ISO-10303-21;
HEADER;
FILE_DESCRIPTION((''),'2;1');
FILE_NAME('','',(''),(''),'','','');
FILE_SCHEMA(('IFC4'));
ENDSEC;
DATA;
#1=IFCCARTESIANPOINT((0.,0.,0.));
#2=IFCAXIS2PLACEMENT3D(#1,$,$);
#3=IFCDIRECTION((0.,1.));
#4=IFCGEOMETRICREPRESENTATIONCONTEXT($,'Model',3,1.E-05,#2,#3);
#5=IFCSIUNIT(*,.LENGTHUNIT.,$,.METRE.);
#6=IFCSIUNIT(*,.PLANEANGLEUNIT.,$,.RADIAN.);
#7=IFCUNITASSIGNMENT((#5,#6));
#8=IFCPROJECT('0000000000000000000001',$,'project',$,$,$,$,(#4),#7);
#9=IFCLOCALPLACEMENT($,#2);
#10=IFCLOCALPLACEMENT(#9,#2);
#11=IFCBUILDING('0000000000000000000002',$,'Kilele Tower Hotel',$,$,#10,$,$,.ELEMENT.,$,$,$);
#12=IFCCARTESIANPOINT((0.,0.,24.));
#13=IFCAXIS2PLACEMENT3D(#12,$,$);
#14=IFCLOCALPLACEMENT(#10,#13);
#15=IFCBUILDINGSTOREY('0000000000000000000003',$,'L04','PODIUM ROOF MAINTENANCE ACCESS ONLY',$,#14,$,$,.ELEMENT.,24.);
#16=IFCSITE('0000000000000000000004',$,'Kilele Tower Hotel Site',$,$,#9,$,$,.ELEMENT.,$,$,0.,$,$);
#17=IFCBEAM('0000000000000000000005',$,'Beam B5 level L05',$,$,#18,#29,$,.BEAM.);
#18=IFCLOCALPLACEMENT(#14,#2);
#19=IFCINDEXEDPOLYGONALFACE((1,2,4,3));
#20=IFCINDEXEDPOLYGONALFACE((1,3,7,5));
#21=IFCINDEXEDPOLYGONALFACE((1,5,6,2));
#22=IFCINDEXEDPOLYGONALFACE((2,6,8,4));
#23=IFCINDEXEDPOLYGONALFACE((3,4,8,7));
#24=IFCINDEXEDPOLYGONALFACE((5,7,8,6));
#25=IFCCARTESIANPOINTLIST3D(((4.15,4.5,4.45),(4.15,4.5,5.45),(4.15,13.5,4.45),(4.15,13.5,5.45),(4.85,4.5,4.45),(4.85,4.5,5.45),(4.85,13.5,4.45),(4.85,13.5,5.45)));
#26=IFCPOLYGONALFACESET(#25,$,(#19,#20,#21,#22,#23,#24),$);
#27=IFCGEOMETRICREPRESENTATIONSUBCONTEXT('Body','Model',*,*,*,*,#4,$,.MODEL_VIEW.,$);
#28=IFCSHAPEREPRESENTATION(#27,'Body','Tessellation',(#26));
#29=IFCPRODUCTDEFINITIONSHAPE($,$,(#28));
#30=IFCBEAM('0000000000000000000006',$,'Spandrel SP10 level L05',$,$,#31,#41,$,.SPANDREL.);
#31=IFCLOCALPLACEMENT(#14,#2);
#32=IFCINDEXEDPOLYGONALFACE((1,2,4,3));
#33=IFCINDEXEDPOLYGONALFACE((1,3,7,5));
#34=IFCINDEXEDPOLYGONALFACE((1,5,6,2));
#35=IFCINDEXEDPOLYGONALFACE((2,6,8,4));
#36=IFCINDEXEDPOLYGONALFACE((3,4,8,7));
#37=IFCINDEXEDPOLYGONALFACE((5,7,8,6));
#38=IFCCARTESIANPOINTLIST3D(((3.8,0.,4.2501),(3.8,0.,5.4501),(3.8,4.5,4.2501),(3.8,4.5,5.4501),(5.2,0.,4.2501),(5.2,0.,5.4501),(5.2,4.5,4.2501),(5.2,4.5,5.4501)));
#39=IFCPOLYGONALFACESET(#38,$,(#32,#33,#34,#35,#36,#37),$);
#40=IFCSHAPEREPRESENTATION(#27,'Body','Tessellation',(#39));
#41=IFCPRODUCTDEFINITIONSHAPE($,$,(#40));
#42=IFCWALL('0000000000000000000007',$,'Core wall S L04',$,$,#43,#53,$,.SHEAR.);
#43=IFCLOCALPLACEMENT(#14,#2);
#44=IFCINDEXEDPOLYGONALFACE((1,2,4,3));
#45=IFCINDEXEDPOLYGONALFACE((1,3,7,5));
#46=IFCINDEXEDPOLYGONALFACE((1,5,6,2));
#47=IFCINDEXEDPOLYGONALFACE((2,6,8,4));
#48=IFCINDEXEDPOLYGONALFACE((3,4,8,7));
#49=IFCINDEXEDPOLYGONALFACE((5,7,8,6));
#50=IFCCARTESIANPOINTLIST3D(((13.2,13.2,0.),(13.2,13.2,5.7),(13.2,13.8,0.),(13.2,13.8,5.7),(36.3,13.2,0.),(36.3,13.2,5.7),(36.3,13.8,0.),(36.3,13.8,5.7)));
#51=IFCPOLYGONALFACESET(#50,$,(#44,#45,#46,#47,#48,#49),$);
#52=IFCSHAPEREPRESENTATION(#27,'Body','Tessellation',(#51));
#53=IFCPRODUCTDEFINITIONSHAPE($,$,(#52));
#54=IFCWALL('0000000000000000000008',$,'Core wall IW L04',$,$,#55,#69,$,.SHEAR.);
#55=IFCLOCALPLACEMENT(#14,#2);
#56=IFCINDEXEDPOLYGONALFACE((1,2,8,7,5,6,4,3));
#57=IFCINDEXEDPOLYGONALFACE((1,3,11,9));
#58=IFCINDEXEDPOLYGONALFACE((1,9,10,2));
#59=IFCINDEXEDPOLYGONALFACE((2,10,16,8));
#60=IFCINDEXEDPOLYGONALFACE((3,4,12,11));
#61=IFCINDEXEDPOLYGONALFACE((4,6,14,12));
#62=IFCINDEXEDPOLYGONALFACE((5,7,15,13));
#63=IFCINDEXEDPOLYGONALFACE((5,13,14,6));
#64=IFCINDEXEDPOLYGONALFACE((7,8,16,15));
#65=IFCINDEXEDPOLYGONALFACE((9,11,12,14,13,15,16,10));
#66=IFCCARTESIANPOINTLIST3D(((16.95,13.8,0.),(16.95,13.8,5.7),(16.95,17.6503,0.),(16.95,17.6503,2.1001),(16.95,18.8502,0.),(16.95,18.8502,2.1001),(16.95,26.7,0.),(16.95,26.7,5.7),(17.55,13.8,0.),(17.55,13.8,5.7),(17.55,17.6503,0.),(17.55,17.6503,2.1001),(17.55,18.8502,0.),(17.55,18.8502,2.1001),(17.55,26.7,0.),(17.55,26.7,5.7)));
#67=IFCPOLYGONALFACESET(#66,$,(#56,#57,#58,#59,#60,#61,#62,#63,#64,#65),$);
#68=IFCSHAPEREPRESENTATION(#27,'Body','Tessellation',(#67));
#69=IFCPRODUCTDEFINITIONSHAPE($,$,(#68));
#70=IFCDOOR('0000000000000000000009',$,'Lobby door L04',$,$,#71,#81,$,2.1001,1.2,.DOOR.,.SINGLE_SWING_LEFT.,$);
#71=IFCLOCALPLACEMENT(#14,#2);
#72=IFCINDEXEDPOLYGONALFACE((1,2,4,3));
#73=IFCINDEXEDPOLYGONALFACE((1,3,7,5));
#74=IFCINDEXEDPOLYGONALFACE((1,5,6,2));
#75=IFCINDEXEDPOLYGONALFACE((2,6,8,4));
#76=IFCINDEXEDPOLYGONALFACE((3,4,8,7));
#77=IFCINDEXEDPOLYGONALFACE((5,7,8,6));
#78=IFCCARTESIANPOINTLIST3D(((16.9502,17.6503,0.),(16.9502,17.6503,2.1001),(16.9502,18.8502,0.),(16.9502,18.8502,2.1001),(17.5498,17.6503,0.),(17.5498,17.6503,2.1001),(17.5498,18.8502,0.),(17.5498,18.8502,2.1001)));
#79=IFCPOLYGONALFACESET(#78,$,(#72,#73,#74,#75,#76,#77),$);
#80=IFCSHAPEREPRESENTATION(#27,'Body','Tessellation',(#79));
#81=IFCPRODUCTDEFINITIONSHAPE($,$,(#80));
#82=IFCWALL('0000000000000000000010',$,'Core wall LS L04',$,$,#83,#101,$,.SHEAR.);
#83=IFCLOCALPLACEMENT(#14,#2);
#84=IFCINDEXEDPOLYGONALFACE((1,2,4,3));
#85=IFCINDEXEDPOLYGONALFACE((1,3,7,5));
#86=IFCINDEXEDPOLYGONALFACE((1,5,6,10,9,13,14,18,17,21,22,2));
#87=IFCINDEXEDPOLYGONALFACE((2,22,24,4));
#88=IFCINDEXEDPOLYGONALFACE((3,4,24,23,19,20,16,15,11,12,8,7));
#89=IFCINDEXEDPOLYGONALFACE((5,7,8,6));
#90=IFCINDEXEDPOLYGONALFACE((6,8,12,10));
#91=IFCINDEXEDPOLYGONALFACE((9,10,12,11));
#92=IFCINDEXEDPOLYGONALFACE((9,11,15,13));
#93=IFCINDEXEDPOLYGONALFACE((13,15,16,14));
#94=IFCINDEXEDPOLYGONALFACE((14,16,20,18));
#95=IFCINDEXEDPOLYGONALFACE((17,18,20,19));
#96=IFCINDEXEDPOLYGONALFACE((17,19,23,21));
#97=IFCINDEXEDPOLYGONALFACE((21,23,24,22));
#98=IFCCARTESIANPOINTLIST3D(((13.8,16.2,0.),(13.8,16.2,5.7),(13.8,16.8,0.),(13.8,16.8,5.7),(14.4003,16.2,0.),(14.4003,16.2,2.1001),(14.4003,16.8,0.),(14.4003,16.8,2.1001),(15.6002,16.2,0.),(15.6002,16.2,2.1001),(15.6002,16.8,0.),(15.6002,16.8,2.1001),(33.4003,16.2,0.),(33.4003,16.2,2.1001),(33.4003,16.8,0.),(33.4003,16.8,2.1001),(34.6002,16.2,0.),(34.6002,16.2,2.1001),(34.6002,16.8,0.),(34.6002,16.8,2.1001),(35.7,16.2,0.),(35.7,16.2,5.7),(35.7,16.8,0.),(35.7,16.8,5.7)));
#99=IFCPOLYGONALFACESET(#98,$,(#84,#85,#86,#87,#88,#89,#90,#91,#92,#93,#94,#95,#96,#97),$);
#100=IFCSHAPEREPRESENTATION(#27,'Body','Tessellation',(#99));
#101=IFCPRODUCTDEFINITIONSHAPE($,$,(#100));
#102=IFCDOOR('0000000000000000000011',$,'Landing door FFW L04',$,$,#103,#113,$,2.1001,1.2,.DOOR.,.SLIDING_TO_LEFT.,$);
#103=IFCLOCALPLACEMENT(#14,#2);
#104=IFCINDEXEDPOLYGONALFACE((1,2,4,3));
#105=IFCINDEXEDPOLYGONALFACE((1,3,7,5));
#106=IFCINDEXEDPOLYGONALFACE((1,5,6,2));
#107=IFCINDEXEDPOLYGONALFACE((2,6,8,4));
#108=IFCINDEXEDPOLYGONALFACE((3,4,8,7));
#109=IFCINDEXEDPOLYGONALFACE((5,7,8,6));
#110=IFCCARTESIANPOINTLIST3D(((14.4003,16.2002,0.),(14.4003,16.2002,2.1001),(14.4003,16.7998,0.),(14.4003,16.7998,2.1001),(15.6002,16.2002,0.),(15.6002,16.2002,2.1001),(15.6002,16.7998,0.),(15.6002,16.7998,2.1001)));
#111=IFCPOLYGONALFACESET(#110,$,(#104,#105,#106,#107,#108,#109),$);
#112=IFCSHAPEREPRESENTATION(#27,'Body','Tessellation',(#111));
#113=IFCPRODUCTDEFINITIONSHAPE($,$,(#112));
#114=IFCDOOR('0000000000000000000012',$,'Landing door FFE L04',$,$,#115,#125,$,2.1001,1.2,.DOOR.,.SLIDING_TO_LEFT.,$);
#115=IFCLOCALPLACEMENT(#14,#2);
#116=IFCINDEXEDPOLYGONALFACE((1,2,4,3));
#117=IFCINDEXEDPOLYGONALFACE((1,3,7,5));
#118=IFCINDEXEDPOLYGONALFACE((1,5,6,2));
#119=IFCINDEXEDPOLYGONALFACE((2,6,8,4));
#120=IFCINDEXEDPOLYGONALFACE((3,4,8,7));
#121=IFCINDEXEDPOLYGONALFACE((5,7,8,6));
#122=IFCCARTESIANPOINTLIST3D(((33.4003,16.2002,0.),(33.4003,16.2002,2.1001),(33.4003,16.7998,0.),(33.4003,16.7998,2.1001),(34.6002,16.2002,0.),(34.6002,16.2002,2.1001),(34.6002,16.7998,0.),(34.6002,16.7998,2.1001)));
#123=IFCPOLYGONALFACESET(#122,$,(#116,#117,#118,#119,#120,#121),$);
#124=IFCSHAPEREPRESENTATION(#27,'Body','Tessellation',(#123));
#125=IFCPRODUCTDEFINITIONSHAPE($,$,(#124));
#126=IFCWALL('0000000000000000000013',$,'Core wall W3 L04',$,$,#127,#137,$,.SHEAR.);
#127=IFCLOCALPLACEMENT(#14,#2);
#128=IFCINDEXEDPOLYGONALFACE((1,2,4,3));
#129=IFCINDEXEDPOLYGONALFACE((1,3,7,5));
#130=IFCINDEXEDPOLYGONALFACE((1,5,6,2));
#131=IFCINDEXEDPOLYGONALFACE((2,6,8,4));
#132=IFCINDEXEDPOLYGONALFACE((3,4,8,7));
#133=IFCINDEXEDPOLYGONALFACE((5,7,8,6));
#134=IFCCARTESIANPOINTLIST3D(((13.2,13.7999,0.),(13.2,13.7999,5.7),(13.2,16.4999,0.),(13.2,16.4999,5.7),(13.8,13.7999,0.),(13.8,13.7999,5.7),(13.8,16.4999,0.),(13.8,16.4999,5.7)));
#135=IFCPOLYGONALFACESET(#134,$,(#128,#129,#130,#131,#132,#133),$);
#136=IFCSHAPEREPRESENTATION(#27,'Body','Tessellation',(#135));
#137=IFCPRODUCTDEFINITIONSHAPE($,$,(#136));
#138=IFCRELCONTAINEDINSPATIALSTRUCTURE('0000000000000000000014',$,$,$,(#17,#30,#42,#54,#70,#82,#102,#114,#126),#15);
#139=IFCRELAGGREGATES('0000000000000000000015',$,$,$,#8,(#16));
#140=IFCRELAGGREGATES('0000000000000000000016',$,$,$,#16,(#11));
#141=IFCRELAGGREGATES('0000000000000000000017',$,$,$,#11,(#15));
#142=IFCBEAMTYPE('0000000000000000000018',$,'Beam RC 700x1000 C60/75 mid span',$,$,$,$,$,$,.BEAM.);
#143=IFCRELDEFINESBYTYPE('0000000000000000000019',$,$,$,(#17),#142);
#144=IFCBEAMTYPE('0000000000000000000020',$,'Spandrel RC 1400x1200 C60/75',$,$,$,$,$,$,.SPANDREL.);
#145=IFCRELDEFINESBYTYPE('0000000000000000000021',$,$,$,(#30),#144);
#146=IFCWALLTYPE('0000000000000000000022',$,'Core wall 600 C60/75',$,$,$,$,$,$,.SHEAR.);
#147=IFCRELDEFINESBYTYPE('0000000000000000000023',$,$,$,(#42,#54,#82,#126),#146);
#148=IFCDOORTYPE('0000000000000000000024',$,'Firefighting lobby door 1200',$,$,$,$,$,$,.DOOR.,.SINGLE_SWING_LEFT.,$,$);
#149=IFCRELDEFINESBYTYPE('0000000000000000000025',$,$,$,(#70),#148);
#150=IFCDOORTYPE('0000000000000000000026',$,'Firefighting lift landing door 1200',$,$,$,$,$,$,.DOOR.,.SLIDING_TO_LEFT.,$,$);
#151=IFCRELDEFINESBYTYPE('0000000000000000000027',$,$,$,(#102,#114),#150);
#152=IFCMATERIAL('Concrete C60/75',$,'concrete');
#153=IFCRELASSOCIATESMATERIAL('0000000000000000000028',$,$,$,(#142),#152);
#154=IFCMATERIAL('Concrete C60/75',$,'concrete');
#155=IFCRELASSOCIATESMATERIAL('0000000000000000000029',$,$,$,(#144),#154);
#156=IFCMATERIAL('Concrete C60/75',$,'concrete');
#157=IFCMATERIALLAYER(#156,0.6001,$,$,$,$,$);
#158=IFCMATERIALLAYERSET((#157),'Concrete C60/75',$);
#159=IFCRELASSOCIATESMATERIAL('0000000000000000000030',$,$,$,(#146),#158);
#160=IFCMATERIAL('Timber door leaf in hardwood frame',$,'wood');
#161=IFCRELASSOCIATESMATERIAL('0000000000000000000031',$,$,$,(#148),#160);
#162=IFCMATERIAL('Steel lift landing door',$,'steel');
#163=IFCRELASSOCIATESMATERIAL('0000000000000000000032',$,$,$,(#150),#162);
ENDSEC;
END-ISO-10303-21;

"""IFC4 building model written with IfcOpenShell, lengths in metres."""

from ifc_helpers import new_model, si_unit, direction, frame, frame_2d, origin, origin_2d, place, context, subcontext, project, spatial, rectangle, extrude, material, layer, layer_set, material_profile, profile_set, type_object, element, fill, save


model = new_model("IFC4")

# Units and contexts
model_context = context("Model", 3, precision=1e-05, world=origin(), true_north=direction((0.0, 1.0)))
body_context = subcontext(model_context, "Body", "Model", "MODEL_VIEW")
ifc_project = project(units=[si_unit("LENGTHUNIT", "METRE"), si_unit("PLANEANGLEUNIT", "RADIAN")], contexts=[model_context])

# Site, building, storey
site_placement = place(None, origin())
site = spatial("IfcSite", under=ifc_project, at=site_placement, Name="Kilele Tower Hotel Site", CompositionType="ELEMENT", RefElevation=0.0)
building_placement = place(site_placement, origin())
building = spatial("IfcBuilding", under=site, at=building_placement, Name="Kilele Tower Hotel", CompositionType="ELEMENT")
storey_placement = place(building_placement, frame((0.0, 0.0, 24.0)))
storey = spatial("IfcBuildingStorey", under=building, at=storey_placement, Name="L04", Description="PODIUM ROOF MAINTENANCE ACCESS ONLY", CompositionType="ELEMENT", Elevation=24.0)

# Beams
ifc_material_1 = material(Name="Concrete C60/75", Category="concrete")
ifc_material_profile_1 = material_profile(ifc_material_1, rectangle(XDim=0.7, YDim=1.0, at=origin_2d()))
ifc_profile_set_1 = profile_set([ifc_material_profile_1], Name="Concrete C60/75")
beam_type_1 = type_object("IfcBeamType", Name="Beam RC 700x1000 C60/75 mid span", PredefinedType="BEAM", material=ifc_profile_set_1)
beam_1_placement = place(storey_placement, frame((4.5, 4.5, 4.95), z_axis=(0.0, 1.0, 0.0), x_axis=(-1.0, 0.0, 0.0)))
element("IfcBeam", 1, at=beam_1_placement, inside=storey, type_object=beam_type_1, Name="Beam B5 level L05", PredefinedType="BEAM", context=body_context, shape_type="SweptSolid", body=[
    extrude(rectangle(XDim=0.7, YDim=1.0, at=origin_2d()), origin(), (0.0, 0.0, 1.0), 9.0),
])
ifc_material_2 = material(Name="Concrete C60/75", Category="concrete")
ifc_material_profile_2 = material_profile(ifc_material_2, rectangle(XDim=1.3999, YDim=1.2, at=origin_2d()))
ifc_profile_set_2 = profile_set([ifc_material_profile_2], Name="Concrete C60/75")
beam_type_2 = type_object("IfcBeamType", Name="Spandrel RC 1400x1200 C60/75", PredefinedType="SPANDREL", material=ifc_profile_set_2)
beam_2_placement = place(storey_placement, frame((4.5, 4.5, 4.8501), z_axis=(0.0, -1.0, 0.0), x_axis=(1.0, 0.0, 0.0)))
element("IfcBeam", 2, at=beam_2_placement, inside=storey, type_object=beam_type_2, Name="Spandrel SP10 level L05", PredefinedType="SPANDREL", context=body_context, shape_type="SweptSolid", body=[
    extrude(rectangle(XDim=1.3999, YDim=1.2, at=origin_2d()), origin(), (0.0, 0.0, 1.0), 4.5),
])

# Wall
ifc_material_3 = material(Name="Concrete C60/75", Category="concrete")
ifc_layer_1 = layer(ifc_material_3, 0.6001)
ifc_layer_set_1 = layer_set([ifc_layer_1], Name="Concrete C60/75")
wall_type_1 = type_object("IfcWallType", Name="Core wall 600 C60/75", PredefinedType="SHEAR", material=ifc_layer_set_1)
wall_1_placement = place(storey_placement, frame((13.2, 13.5, 0.0), z_axis=(0.0, 0.0, 1.0), x_axis=(1.0, 0.0, 0.0)))
element("IfcWall", 3, at=wall_1_placement, inside=storey, type_object=wall_type_1, Name="Core wall S L04", PredefinedType="SHEAR", context=body_context, shape_type="SweptSolid", body=[
    extrude(rectangle(XDim=23.1001, YDim=0.6001, at=frame_2d((11.55, 0.0))), origin(), (0.0, 0.0, 1.0), 5.7),
])

# Wall, opening, door
wall_2_placement = place(storey_placement, frame((17.25, 13.8, 0.0), z_axis=(0.0, 0.0, 1.0), x_axis=(0.0, 1.0, 0.0)))
wall_2 = element("IfcWall", 4, at=wall_2_placement, inside=storey, type_object=wall_type_1, Name="Core wall IW L04", PredefinedType="SHEAR", context=body_context, shape_type="SweptSolid", body=[
    extrude(rectangle(XDim=12.8999, YDim=0.6001, at=frame_2d((6.45, 0.0))), origin(), (0.0, 0.0, 1.0), 5.7),
])
opening_1_placement = place(wall_2_placement, frame((3.8501, 0.0, 0.0)))
opening_1 = element("IfcOpeningElement", 5, at=opening_1_placement, cuts=wall_2, PredefinedType="OPENING", context=body_context, shape_type="SweptSolid", body=[
    extrude(rectangle(XDim=1.2, YDim=2.1001, at=frame_2d((0.6001, 1.05))), frame((0.0, 0.3101, 0.0), z_axis=(0.0, -1.0, 0.0), x_axis=(1.0, 0.0, 0.0)), (0.0, 0.0, 1.0), 0.6201),
])
ifc_material_4 = material(Name="Timber door leaf in hardwood frame", Category="wood")
door_type_1 = type_object("IfcDoorType", Name="Firefighting lobby door 1200", OperationType="SINGLE_SWING_LEFT", PredefinedType="DOOR", material=ifc_material_4)
door_1_placement = place(opening_1_placement, origin())
door_1 = element("IfcDoor", 6, at=door_1_placement, inside=storey, type_object=door_type_1, Name="Lobby door L04", OperationType="SINGLE_SWING_LEFT", OverallHeight=2.1001, OverallWidth=1.2, PredefinedType="DOOR", context=body_context, shape_type="SweptSolid", body=[
    extrude(rectangle(XDim=1.2, YDim=2.1001, at=frame_2d((0.6001, 1.05))), frame((0.0, 0.2998, 0.0), z_axis=(0.0, -1.0, 0.0), x_axis=(1.0, 0.0, 0.0)), (0.0, 0.0, 1.0), 0.5996),
])
fill(opening_1, door_1)

# Wall, openings, doors
wall_3_placement = place(storey_placement, frame((13.8, 16.5, 0.0), z_axis=(0.0, 0.0, 1.0), x_axis=(1.0, 0.0, 0.0)))
wall_3 = element("IfcWall", 7, at=wall_3_placement, inside=storey, type_object=wall_type_1, Name="Core wall LS L04", PredefinedType="SHEAR", context=body_context, shape_type="SweptSolid", body=[
    extrude(rectangle(XDim=21.8999, YDim=0.6001, at=frame_2d((10.95, 0.0))), origin(), (0.0, 0.0, 1.0), 5.7),
])
opening_2_placement = place(wall_3_placement, frame((0.6001, 0.0, 0.0)))
opening_2 = element("IfcOpeningElement", 8, at=opening_2_placement, cuts=wall_3, PredefinedType="OPENING", context=body_context, shape_type="SweptSolid", body=[
    extrude(rectangle(XDim=1.2, YDim=2.1001, at=frame_2d((0.6001, 1.05))), frame((0.0, 0.3101, 0.0), z_axis=(0.0, -1.0, 0.0), x_axis=(1.0, 0.0, 0.0)), (0.0, 0.0, 1.0), 0.6201),
])
opening_3_placement = place(wall_3_placement, frame((19.6001, 0.0, 0.0)))
opening_3 = element("IfcOpeningElement", 9, at=opening_3_placement, cuts=wall_3, PredefinedType="OPENING", context=body_context, shape_type="SweptSolid", body=[
    extrude(rectangle(XDim=1.2, YDim=2.1001, at=frame_2d((0.6001, 1.05))), frame((0.0, 0.3101, 0.0), z_axis=(0.0, -1.0, 0.0), x_axis=(1.0, 0.0, 0.0)), (0.0, 0.0, 1.0), 0.6201),
])
ifc_material_5 = material(Name="Steel lift landing door", Category="steel")
door_type_2 = type_object("IfcDoorType", Name="Firefighting lift landing door 1200", OperationType="SLIDING_TO_LEFT", PredefinedType="DOOR", material=ifc_material_5)
door_2_placement = place(opening_2_placement, origin())
door_2 = element("IfcDoor", 10, at=door_2_placement, inside=storey, type_object=door_type_2, Name="Landing door FFW L04", OperationType="SLIDING_TO_LEFT", OverallHeight=2.1001, OverallWidth=1.2, PredefinedType="DOOR", context=body_context, shape_type="SweptSolid", body=[
    extrude(rectangle(XDim=1.2, YDim=2.1001, at=frame_2d((0.6001, 1.05))), frame((0.0, 0.2998, 0.0), z_axis=(0.0, -1.0, 0.0), x_axis=(1.0, 0.0, 0.0)), (0.0, 0.0, 1.0), 0.5996),
])
fill(opening_2, door_2)
door_3_placement = place(opening_3_placement, origin())
door_3 = element("IfcDoor", 11, at=door_3_placement, inside=storey, type_object=door_type_2, Name="Landing door FFE L04", OperationType="SLIDING_TO_LEFT", OverallHeight=2.1001, OverallWidth=1.2, PredefinedType="DOOR", context=body_context, shape_type="SweptSolid", body=[
    extrude(rectangle(XDim=1.2, YDim=2.1001, at=frame_2d((0.6001, 1.05))), frame((0.0, 0.2998, 0.0), z_axis=(0.0, -1.0, 0.0), x_axis=(1.0, 0.0, 0.0)), (0.0, 0.0, 1.0), 0.5996),
])
fill(opening_3, door_3)

# Wall
wall_4_placement = place(storey_placement, frame((13.5, 16.5, 0.0), z_axis=(0.0, 0.0, 1.0), x_axis=(0.0, -1.0, 0.0)))
element("IfcWall", 12, at=wall_4_placement, inside=storey, type_object=wall_type_1, Name="Core wall W3 L04", PredefinedType="SHEAR", context=body_context, shape_type="SweptSolid", body=[
    extrude(rectangle(XDim=2.7, YDim=0.6001, at=frame_2d((1.3501, 0.0))), origin(), (0.0, 0.0, 1.0), 5.7),
])

save(model, "model.ifc")
